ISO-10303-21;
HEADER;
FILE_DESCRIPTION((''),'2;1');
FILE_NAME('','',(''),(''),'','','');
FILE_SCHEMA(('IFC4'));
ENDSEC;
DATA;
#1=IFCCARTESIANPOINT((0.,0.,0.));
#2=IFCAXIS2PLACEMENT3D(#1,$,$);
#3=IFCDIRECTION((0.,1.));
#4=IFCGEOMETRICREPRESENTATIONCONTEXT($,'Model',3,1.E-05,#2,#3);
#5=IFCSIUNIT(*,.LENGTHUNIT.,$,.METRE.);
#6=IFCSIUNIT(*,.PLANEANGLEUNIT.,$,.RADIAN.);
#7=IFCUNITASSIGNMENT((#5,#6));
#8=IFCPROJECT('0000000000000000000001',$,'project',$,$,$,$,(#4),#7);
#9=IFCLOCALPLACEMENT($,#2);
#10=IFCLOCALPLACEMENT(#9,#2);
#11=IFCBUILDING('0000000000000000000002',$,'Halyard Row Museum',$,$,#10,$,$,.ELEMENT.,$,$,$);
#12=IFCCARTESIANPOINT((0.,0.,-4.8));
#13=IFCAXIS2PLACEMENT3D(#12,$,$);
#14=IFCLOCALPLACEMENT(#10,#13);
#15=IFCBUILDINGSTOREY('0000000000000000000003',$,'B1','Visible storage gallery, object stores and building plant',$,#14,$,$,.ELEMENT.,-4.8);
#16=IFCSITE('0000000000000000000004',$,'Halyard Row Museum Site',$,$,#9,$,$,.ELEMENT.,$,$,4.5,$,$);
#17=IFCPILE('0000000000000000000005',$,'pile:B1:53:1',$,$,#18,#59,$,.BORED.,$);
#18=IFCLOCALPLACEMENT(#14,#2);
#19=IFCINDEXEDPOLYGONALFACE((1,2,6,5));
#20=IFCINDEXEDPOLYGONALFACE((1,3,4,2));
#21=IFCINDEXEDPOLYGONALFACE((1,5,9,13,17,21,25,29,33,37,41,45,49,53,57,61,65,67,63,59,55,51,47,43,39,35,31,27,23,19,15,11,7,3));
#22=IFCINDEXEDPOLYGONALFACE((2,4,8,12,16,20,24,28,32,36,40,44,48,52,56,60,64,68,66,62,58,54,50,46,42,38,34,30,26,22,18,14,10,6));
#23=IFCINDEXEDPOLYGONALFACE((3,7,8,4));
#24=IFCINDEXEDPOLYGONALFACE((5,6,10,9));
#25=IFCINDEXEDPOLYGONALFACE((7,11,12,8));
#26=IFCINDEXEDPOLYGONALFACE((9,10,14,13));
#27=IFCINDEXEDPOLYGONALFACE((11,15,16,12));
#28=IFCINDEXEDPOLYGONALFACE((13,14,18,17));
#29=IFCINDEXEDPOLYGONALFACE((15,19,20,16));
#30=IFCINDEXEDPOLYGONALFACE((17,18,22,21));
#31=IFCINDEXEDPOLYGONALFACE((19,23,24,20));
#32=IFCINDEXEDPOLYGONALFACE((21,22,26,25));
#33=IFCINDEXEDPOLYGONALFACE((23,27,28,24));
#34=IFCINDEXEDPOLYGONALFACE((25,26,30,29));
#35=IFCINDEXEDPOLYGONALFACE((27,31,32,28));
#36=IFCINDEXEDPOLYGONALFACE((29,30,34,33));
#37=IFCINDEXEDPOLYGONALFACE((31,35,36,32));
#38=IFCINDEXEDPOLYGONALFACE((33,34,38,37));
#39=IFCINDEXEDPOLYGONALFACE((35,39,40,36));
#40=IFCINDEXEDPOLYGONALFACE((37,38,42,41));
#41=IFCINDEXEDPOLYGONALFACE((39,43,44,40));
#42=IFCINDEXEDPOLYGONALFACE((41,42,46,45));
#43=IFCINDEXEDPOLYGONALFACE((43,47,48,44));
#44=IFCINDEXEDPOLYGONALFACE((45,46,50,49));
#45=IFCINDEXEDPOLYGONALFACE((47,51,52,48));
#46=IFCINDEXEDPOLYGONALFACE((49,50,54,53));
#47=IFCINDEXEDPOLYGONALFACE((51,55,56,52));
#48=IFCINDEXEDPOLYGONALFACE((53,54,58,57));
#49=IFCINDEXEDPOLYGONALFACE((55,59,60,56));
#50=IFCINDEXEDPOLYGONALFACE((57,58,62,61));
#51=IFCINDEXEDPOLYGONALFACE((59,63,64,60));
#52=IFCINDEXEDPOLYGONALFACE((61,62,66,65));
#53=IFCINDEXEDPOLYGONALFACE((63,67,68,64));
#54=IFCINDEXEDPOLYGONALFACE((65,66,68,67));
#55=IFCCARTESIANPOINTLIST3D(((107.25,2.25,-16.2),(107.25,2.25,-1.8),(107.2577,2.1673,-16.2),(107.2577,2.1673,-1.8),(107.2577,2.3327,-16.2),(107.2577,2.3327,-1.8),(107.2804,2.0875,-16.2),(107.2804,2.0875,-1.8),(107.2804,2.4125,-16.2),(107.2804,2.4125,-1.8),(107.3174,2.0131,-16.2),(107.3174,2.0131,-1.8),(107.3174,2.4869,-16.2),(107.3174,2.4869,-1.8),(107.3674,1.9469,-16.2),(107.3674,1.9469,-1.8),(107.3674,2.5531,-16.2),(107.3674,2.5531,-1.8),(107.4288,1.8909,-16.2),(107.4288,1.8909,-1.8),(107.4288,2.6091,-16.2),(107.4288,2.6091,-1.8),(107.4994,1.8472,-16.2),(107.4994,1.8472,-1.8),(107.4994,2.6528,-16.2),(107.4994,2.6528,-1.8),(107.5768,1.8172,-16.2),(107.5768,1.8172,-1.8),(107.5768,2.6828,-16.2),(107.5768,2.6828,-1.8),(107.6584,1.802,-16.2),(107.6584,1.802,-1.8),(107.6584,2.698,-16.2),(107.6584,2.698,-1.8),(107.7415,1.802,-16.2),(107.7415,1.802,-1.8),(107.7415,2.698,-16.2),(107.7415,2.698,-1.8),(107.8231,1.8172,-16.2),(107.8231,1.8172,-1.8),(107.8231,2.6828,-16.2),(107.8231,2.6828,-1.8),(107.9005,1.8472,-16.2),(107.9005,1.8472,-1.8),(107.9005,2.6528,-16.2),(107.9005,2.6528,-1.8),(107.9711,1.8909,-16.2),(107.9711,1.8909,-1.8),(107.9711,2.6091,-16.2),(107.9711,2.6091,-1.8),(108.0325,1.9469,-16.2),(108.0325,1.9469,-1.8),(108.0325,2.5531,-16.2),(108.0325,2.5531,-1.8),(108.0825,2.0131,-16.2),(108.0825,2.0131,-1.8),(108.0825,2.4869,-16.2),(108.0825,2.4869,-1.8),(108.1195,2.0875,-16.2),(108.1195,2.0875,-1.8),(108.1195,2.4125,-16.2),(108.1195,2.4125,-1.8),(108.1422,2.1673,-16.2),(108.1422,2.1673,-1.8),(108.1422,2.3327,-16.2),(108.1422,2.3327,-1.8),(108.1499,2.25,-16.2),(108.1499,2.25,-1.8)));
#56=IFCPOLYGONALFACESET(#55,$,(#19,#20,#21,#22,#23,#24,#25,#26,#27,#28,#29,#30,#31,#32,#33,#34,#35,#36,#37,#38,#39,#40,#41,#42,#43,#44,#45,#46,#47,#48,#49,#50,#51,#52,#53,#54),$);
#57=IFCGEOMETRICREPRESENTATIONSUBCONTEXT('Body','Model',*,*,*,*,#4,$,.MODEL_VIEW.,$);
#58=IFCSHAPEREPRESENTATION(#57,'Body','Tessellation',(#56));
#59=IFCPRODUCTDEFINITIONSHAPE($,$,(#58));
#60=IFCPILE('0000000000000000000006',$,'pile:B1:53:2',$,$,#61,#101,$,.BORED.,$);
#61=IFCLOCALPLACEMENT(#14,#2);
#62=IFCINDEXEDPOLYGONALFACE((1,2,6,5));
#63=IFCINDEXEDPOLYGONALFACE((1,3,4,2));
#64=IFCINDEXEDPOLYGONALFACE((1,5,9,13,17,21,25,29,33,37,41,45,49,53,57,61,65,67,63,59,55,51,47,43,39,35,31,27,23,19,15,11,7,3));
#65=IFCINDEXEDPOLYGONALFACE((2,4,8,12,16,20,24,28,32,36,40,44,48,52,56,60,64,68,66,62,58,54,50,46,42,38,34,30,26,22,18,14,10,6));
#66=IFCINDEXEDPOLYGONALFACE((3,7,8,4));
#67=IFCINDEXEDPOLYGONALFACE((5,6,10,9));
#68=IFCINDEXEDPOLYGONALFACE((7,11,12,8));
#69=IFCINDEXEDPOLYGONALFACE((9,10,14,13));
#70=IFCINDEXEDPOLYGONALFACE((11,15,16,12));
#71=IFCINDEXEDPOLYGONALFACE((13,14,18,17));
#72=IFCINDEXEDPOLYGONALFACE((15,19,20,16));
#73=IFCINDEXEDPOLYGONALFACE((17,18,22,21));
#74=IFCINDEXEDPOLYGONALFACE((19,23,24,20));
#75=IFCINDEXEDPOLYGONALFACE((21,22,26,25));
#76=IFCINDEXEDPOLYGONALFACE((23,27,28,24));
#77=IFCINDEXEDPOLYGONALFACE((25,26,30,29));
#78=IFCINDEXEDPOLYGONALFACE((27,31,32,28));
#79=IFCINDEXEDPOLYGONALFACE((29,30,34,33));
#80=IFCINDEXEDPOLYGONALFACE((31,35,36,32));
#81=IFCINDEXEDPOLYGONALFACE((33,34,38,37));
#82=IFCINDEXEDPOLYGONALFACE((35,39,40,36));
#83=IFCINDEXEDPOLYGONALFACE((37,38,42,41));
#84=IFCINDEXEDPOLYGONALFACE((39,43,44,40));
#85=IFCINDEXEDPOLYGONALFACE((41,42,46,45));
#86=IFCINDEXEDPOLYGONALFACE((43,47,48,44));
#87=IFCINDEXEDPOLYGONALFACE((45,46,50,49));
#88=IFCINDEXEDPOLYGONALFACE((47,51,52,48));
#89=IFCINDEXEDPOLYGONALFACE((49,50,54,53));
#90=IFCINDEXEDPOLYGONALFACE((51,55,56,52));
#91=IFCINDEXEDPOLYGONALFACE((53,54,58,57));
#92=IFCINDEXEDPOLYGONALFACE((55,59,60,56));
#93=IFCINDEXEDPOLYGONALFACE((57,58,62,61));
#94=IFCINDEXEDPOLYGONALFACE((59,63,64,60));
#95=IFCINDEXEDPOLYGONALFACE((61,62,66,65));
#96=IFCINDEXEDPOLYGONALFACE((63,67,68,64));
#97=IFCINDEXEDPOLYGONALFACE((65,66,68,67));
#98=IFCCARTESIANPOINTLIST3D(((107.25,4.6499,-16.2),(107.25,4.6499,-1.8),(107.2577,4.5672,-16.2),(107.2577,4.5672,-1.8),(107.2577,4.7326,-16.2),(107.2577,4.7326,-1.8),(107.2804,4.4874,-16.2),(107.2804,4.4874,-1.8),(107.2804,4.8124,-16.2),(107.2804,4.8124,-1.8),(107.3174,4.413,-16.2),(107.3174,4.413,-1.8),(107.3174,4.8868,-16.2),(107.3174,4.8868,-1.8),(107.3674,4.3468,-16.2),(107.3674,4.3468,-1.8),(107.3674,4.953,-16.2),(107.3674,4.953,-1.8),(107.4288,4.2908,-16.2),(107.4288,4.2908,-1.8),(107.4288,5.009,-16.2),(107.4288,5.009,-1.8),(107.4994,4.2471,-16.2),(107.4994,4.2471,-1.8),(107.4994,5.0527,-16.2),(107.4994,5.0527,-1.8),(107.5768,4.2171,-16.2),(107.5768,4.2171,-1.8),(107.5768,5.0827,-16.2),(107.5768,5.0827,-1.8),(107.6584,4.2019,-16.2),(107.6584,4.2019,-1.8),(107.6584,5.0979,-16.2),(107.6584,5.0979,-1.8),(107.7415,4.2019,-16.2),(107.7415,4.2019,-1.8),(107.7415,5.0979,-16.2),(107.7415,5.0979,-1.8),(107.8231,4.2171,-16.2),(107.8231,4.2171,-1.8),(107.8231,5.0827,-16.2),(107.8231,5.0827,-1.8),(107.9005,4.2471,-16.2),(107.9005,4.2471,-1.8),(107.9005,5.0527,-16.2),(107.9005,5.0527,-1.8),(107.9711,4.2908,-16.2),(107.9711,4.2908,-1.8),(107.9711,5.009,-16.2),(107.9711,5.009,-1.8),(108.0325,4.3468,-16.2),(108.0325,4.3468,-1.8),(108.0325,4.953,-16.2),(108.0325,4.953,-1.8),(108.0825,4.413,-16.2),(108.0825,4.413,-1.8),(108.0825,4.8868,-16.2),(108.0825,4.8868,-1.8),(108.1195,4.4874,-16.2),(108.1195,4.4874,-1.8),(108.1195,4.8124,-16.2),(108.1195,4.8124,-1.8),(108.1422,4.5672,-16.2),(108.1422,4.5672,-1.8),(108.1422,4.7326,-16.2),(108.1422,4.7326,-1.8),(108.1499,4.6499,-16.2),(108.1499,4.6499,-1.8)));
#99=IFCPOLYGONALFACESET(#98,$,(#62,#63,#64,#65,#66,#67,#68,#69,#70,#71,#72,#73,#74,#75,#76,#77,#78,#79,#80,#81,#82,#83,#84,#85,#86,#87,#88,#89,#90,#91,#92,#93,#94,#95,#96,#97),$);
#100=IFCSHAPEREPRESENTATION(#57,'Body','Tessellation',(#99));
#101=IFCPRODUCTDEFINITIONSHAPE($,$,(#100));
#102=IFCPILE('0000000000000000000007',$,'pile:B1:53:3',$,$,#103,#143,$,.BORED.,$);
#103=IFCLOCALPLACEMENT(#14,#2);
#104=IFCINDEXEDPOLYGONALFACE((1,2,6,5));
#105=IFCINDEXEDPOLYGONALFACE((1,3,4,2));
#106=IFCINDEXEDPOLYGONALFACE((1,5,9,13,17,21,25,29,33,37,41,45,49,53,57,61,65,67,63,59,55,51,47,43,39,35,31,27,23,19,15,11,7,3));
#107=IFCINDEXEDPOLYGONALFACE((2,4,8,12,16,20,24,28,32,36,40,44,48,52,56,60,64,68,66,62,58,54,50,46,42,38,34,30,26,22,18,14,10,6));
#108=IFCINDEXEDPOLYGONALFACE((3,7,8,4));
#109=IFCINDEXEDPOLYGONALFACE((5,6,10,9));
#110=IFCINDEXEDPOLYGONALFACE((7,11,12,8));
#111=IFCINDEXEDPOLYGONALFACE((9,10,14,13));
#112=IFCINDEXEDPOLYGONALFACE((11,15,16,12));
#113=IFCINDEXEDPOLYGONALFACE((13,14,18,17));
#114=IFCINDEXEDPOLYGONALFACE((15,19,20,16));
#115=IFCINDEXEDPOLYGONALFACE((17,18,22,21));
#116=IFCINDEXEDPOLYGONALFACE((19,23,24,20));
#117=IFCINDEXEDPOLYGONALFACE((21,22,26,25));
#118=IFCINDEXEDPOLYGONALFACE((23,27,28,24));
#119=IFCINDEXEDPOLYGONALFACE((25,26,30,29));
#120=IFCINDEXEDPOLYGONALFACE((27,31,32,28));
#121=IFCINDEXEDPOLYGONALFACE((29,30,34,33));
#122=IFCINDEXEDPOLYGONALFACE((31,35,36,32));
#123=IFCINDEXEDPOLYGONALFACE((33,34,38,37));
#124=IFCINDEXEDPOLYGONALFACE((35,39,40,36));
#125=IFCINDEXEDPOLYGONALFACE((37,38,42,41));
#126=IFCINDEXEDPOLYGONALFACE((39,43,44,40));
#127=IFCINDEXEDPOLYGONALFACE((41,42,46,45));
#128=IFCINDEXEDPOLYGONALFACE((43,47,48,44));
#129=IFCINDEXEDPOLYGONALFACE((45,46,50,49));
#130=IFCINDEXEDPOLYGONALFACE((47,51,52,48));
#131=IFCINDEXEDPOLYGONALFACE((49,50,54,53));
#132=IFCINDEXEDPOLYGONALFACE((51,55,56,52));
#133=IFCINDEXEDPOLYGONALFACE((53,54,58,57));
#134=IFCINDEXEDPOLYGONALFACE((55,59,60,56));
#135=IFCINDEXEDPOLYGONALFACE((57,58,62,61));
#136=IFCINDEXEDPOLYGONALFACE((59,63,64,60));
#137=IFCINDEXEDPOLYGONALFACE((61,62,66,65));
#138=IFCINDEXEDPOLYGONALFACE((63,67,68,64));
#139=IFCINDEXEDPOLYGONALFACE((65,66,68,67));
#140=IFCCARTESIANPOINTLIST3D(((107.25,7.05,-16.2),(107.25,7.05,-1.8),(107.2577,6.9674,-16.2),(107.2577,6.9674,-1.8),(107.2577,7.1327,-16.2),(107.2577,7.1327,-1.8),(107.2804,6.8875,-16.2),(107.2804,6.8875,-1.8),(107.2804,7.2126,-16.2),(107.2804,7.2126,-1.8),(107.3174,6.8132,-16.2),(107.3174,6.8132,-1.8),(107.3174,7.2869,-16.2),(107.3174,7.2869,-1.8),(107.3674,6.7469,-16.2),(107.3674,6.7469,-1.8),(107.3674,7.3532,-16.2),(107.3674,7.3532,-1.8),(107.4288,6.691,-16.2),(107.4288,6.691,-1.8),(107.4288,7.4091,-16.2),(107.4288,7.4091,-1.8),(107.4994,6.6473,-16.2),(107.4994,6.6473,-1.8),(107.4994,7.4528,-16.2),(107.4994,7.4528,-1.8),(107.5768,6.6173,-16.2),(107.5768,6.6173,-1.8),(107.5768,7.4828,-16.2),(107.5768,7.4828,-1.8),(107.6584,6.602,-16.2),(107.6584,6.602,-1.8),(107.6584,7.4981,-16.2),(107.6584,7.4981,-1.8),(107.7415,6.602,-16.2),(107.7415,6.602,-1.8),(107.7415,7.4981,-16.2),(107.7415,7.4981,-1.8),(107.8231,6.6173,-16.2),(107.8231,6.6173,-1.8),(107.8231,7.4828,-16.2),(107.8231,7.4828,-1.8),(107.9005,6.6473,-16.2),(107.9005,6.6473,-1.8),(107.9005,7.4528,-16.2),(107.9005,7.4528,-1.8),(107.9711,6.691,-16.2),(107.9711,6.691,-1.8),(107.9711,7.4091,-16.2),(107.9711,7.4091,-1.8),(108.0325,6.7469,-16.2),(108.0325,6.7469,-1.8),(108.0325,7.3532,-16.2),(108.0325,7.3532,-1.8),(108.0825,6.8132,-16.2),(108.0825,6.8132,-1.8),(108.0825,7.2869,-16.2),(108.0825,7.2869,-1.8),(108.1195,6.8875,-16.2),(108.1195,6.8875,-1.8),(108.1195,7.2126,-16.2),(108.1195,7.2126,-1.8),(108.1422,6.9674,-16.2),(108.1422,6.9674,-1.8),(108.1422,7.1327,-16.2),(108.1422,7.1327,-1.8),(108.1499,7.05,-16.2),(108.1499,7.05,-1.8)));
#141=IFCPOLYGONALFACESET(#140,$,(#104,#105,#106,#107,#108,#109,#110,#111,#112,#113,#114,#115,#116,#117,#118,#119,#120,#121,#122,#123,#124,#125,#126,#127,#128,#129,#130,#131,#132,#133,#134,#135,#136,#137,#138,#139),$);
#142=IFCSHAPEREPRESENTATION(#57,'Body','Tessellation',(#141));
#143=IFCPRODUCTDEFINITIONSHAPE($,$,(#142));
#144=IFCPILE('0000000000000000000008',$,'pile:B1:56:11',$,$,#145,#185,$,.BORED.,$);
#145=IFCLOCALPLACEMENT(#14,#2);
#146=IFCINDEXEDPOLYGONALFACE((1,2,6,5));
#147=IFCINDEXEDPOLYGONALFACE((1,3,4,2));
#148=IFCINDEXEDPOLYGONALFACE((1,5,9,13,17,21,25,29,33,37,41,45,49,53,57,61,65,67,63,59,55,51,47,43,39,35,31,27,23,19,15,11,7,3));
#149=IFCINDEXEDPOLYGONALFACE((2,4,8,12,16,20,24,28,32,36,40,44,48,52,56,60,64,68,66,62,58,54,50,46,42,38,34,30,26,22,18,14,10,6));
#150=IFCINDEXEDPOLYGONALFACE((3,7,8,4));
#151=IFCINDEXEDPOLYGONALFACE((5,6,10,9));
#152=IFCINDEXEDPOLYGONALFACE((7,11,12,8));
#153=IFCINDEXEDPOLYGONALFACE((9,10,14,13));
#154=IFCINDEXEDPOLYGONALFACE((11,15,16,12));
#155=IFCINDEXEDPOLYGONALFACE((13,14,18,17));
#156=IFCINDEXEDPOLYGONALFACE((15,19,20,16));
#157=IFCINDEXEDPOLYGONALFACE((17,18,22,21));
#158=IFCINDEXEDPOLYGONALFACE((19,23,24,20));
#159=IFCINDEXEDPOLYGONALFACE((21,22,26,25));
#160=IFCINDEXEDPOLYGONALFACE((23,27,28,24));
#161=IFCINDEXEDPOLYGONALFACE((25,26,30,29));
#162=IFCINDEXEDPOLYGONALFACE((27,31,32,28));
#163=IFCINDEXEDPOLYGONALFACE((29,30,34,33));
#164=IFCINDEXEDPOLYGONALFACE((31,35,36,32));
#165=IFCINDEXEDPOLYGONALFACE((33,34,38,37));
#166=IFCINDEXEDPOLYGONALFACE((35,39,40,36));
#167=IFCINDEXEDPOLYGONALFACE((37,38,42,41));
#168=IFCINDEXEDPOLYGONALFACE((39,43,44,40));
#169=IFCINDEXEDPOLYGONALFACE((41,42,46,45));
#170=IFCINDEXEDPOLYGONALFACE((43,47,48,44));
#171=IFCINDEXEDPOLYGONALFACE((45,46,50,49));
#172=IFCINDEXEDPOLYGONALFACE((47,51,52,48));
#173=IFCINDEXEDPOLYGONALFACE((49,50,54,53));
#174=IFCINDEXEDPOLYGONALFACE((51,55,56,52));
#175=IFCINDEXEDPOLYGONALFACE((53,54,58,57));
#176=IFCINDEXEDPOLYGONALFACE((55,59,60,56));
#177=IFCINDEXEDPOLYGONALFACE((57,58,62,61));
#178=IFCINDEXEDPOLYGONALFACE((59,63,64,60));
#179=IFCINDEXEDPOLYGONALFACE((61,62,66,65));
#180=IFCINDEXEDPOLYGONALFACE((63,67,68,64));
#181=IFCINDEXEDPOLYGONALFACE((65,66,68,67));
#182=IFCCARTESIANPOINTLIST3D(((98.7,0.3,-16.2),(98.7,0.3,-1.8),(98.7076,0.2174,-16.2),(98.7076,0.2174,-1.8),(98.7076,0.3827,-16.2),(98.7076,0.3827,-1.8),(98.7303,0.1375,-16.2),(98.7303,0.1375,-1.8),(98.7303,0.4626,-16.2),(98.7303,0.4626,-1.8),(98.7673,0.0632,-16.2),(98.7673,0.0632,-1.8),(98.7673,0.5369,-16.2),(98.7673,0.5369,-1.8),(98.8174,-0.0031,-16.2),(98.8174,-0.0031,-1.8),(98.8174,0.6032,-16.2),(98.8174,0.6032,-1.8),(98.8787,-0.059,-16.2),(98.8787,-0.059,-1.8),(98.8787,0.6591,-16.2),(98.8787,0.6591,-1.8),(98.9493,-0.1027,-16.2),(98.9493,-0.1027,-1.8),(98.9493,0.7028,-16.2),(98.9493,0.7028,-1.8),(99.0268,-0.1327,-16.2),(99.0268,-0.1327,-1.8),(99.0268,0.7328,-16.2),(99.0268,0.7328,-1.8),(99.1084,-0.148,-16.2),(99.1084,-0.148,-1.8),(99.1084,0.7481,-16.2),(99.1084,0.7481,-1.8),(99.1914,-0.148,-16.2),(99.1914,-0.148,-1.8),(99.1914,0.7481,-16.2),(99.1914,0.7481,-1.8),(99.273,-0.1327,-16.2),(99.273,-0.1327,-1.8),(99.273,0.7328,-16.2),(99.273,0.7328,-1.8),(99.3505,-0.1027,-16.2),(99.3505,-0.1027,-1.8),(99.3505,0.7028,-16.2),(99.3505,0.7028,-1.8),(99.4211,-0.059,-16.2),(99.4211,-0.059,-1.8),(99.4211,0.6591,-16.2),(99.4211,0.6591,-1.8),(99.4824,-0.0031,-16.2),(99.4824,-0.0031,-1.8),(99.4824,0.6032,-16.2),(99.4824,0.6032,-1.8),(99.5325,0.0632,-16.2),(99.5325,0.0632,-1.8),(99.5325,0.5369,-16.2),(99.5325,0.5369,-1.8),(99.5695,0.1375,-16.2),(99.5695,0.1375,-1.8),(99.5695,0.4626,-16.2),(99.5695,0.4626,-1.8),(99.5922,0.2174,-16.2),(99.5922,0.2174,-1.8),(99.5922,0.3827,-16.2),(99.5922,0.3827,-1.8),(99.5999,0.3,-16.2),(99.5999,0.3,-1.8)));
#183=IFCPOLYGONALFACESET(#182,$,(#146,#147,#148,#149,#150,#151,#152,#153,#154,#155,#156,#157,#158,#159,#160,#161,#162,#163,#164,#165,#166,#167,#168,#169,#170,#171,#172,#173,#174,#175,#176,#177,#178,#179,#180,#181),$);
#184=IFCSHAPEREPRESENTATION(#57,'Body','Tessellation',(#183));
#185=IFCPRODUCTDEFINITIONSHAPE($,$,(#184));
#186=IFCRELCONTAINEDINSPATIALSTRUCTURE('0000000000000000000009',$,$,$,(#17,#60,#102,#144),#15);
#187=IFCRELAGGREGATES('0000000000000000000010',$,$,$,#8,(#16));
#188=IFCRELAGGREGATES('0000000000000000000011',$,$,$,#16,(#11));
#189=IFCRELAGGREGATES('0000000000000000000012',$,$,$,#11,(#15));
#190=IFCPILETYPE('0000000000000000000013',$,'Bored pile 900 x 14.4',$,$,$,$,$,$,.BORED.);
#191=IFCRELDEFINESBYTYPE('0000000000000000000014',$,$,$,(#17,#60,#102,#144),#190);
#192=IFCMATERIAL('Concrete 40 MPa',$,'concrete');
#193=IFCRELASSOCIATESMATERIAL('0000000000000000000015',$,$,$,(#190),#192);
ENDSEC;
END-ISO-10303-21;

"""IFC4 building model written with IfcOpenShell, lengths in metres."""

from ifc_helpers import new_model, si_unit, direction, frame, origin, origin_2d, place, context, subcontext, project, spatial, circle, extrude, material, material_profile, profile_set, type_object, element, save


model = new_model("IFC4")

# Units and contexts
model_context = context("Model", 3, precision=1e-05, world=origin(), true_north=direction((0.0, 1.0)))
body_context = subcontext(model_context, "Body", "Model", "MODEL_VIEW")
ifc_project = project(units=[si_unit("LENGTHUNIT", "METRE"), si_unit("PLANEANGLEUNIT", "RADIAN")], contexts=[model_context])

# Site, building, storey
site_placement = place(None, origin())
site = spatial("IfcSite", under=ifc_project, at=site_placement, Name="Halyard Row Museum Site", CompositionType="ELEMENT", RefElevation=4.5)
building_placement = place(site_placement, origin())
building = spatial("IfcBuilding", under=site, at=building_placement, Name="Halyard Row Museum", CompositionType="ELEMENT")
storey_placement = place(building_placement, frame((0.0, 0.0, -4.8)))
storey = spatial("IfcBuildingStorey", under=building, at=storey_placement, Name="B1", Description="Visible storage gallery, object stores and building plant", CompositionType="ELEMENT", Elevation=-4.8)

# Piles
ifc_material_1 = material(Name="Concrete 40 MPa", Category="concrete")
ifc_material_profile_1 = material_profile(ifc_material_1, circle(Radius=0.45, at=origin_2d()), Name="Bored pile 900 x 14.4")
ifc_profile_set_1 = profile_set([ifc_material_profile_1], Name="Concrete 40 MPa")
pile_type_1 = type_object("IfcPileType", Name="Bored pile 900 x 14.4", PredefinedType="BORED", material=ifc_profile_set_1)
for number, where, z_axis, x_axis, name in (
    (1, (107.7, 2.25, -1.8), (0.0, 0.0, -1.0), (1.0, 0.0, 0.0), "pile:B1:53:1"),
    (2, (107.7, 4.6499, -1.8), (0.0, 0.0, -1.0), (1.0, 0.0, 0.0), "pile:B1:53:2"),
    (3, (107.7, 7.05, -1.8), (0.0, 0.0, -1.0), (1.0, 0.0, 0.0), "pile:B1:53:3"),
    (4, (99.1499, 0.3, -1.8), (0.0, 0.0, -1.0), (1.0, 0.0, 0.0), "pile:B1:56:11"),
):
    element("IfcPile", number, at=place(storey_placement, frame(where, z_axis=z_axis, x_axis=x_axis)), inside=storey, type_object=pile_type_1, Name=name, PredefinedType="BORED", context=body_context, shape_type="SweptSolid", body=[
        extrude(circle(Radius=0.45, at=origin_2d()), origin(), (0.0, 0.0, 1.0), 14.3999),
    ])

save(model, "model.ifc")
